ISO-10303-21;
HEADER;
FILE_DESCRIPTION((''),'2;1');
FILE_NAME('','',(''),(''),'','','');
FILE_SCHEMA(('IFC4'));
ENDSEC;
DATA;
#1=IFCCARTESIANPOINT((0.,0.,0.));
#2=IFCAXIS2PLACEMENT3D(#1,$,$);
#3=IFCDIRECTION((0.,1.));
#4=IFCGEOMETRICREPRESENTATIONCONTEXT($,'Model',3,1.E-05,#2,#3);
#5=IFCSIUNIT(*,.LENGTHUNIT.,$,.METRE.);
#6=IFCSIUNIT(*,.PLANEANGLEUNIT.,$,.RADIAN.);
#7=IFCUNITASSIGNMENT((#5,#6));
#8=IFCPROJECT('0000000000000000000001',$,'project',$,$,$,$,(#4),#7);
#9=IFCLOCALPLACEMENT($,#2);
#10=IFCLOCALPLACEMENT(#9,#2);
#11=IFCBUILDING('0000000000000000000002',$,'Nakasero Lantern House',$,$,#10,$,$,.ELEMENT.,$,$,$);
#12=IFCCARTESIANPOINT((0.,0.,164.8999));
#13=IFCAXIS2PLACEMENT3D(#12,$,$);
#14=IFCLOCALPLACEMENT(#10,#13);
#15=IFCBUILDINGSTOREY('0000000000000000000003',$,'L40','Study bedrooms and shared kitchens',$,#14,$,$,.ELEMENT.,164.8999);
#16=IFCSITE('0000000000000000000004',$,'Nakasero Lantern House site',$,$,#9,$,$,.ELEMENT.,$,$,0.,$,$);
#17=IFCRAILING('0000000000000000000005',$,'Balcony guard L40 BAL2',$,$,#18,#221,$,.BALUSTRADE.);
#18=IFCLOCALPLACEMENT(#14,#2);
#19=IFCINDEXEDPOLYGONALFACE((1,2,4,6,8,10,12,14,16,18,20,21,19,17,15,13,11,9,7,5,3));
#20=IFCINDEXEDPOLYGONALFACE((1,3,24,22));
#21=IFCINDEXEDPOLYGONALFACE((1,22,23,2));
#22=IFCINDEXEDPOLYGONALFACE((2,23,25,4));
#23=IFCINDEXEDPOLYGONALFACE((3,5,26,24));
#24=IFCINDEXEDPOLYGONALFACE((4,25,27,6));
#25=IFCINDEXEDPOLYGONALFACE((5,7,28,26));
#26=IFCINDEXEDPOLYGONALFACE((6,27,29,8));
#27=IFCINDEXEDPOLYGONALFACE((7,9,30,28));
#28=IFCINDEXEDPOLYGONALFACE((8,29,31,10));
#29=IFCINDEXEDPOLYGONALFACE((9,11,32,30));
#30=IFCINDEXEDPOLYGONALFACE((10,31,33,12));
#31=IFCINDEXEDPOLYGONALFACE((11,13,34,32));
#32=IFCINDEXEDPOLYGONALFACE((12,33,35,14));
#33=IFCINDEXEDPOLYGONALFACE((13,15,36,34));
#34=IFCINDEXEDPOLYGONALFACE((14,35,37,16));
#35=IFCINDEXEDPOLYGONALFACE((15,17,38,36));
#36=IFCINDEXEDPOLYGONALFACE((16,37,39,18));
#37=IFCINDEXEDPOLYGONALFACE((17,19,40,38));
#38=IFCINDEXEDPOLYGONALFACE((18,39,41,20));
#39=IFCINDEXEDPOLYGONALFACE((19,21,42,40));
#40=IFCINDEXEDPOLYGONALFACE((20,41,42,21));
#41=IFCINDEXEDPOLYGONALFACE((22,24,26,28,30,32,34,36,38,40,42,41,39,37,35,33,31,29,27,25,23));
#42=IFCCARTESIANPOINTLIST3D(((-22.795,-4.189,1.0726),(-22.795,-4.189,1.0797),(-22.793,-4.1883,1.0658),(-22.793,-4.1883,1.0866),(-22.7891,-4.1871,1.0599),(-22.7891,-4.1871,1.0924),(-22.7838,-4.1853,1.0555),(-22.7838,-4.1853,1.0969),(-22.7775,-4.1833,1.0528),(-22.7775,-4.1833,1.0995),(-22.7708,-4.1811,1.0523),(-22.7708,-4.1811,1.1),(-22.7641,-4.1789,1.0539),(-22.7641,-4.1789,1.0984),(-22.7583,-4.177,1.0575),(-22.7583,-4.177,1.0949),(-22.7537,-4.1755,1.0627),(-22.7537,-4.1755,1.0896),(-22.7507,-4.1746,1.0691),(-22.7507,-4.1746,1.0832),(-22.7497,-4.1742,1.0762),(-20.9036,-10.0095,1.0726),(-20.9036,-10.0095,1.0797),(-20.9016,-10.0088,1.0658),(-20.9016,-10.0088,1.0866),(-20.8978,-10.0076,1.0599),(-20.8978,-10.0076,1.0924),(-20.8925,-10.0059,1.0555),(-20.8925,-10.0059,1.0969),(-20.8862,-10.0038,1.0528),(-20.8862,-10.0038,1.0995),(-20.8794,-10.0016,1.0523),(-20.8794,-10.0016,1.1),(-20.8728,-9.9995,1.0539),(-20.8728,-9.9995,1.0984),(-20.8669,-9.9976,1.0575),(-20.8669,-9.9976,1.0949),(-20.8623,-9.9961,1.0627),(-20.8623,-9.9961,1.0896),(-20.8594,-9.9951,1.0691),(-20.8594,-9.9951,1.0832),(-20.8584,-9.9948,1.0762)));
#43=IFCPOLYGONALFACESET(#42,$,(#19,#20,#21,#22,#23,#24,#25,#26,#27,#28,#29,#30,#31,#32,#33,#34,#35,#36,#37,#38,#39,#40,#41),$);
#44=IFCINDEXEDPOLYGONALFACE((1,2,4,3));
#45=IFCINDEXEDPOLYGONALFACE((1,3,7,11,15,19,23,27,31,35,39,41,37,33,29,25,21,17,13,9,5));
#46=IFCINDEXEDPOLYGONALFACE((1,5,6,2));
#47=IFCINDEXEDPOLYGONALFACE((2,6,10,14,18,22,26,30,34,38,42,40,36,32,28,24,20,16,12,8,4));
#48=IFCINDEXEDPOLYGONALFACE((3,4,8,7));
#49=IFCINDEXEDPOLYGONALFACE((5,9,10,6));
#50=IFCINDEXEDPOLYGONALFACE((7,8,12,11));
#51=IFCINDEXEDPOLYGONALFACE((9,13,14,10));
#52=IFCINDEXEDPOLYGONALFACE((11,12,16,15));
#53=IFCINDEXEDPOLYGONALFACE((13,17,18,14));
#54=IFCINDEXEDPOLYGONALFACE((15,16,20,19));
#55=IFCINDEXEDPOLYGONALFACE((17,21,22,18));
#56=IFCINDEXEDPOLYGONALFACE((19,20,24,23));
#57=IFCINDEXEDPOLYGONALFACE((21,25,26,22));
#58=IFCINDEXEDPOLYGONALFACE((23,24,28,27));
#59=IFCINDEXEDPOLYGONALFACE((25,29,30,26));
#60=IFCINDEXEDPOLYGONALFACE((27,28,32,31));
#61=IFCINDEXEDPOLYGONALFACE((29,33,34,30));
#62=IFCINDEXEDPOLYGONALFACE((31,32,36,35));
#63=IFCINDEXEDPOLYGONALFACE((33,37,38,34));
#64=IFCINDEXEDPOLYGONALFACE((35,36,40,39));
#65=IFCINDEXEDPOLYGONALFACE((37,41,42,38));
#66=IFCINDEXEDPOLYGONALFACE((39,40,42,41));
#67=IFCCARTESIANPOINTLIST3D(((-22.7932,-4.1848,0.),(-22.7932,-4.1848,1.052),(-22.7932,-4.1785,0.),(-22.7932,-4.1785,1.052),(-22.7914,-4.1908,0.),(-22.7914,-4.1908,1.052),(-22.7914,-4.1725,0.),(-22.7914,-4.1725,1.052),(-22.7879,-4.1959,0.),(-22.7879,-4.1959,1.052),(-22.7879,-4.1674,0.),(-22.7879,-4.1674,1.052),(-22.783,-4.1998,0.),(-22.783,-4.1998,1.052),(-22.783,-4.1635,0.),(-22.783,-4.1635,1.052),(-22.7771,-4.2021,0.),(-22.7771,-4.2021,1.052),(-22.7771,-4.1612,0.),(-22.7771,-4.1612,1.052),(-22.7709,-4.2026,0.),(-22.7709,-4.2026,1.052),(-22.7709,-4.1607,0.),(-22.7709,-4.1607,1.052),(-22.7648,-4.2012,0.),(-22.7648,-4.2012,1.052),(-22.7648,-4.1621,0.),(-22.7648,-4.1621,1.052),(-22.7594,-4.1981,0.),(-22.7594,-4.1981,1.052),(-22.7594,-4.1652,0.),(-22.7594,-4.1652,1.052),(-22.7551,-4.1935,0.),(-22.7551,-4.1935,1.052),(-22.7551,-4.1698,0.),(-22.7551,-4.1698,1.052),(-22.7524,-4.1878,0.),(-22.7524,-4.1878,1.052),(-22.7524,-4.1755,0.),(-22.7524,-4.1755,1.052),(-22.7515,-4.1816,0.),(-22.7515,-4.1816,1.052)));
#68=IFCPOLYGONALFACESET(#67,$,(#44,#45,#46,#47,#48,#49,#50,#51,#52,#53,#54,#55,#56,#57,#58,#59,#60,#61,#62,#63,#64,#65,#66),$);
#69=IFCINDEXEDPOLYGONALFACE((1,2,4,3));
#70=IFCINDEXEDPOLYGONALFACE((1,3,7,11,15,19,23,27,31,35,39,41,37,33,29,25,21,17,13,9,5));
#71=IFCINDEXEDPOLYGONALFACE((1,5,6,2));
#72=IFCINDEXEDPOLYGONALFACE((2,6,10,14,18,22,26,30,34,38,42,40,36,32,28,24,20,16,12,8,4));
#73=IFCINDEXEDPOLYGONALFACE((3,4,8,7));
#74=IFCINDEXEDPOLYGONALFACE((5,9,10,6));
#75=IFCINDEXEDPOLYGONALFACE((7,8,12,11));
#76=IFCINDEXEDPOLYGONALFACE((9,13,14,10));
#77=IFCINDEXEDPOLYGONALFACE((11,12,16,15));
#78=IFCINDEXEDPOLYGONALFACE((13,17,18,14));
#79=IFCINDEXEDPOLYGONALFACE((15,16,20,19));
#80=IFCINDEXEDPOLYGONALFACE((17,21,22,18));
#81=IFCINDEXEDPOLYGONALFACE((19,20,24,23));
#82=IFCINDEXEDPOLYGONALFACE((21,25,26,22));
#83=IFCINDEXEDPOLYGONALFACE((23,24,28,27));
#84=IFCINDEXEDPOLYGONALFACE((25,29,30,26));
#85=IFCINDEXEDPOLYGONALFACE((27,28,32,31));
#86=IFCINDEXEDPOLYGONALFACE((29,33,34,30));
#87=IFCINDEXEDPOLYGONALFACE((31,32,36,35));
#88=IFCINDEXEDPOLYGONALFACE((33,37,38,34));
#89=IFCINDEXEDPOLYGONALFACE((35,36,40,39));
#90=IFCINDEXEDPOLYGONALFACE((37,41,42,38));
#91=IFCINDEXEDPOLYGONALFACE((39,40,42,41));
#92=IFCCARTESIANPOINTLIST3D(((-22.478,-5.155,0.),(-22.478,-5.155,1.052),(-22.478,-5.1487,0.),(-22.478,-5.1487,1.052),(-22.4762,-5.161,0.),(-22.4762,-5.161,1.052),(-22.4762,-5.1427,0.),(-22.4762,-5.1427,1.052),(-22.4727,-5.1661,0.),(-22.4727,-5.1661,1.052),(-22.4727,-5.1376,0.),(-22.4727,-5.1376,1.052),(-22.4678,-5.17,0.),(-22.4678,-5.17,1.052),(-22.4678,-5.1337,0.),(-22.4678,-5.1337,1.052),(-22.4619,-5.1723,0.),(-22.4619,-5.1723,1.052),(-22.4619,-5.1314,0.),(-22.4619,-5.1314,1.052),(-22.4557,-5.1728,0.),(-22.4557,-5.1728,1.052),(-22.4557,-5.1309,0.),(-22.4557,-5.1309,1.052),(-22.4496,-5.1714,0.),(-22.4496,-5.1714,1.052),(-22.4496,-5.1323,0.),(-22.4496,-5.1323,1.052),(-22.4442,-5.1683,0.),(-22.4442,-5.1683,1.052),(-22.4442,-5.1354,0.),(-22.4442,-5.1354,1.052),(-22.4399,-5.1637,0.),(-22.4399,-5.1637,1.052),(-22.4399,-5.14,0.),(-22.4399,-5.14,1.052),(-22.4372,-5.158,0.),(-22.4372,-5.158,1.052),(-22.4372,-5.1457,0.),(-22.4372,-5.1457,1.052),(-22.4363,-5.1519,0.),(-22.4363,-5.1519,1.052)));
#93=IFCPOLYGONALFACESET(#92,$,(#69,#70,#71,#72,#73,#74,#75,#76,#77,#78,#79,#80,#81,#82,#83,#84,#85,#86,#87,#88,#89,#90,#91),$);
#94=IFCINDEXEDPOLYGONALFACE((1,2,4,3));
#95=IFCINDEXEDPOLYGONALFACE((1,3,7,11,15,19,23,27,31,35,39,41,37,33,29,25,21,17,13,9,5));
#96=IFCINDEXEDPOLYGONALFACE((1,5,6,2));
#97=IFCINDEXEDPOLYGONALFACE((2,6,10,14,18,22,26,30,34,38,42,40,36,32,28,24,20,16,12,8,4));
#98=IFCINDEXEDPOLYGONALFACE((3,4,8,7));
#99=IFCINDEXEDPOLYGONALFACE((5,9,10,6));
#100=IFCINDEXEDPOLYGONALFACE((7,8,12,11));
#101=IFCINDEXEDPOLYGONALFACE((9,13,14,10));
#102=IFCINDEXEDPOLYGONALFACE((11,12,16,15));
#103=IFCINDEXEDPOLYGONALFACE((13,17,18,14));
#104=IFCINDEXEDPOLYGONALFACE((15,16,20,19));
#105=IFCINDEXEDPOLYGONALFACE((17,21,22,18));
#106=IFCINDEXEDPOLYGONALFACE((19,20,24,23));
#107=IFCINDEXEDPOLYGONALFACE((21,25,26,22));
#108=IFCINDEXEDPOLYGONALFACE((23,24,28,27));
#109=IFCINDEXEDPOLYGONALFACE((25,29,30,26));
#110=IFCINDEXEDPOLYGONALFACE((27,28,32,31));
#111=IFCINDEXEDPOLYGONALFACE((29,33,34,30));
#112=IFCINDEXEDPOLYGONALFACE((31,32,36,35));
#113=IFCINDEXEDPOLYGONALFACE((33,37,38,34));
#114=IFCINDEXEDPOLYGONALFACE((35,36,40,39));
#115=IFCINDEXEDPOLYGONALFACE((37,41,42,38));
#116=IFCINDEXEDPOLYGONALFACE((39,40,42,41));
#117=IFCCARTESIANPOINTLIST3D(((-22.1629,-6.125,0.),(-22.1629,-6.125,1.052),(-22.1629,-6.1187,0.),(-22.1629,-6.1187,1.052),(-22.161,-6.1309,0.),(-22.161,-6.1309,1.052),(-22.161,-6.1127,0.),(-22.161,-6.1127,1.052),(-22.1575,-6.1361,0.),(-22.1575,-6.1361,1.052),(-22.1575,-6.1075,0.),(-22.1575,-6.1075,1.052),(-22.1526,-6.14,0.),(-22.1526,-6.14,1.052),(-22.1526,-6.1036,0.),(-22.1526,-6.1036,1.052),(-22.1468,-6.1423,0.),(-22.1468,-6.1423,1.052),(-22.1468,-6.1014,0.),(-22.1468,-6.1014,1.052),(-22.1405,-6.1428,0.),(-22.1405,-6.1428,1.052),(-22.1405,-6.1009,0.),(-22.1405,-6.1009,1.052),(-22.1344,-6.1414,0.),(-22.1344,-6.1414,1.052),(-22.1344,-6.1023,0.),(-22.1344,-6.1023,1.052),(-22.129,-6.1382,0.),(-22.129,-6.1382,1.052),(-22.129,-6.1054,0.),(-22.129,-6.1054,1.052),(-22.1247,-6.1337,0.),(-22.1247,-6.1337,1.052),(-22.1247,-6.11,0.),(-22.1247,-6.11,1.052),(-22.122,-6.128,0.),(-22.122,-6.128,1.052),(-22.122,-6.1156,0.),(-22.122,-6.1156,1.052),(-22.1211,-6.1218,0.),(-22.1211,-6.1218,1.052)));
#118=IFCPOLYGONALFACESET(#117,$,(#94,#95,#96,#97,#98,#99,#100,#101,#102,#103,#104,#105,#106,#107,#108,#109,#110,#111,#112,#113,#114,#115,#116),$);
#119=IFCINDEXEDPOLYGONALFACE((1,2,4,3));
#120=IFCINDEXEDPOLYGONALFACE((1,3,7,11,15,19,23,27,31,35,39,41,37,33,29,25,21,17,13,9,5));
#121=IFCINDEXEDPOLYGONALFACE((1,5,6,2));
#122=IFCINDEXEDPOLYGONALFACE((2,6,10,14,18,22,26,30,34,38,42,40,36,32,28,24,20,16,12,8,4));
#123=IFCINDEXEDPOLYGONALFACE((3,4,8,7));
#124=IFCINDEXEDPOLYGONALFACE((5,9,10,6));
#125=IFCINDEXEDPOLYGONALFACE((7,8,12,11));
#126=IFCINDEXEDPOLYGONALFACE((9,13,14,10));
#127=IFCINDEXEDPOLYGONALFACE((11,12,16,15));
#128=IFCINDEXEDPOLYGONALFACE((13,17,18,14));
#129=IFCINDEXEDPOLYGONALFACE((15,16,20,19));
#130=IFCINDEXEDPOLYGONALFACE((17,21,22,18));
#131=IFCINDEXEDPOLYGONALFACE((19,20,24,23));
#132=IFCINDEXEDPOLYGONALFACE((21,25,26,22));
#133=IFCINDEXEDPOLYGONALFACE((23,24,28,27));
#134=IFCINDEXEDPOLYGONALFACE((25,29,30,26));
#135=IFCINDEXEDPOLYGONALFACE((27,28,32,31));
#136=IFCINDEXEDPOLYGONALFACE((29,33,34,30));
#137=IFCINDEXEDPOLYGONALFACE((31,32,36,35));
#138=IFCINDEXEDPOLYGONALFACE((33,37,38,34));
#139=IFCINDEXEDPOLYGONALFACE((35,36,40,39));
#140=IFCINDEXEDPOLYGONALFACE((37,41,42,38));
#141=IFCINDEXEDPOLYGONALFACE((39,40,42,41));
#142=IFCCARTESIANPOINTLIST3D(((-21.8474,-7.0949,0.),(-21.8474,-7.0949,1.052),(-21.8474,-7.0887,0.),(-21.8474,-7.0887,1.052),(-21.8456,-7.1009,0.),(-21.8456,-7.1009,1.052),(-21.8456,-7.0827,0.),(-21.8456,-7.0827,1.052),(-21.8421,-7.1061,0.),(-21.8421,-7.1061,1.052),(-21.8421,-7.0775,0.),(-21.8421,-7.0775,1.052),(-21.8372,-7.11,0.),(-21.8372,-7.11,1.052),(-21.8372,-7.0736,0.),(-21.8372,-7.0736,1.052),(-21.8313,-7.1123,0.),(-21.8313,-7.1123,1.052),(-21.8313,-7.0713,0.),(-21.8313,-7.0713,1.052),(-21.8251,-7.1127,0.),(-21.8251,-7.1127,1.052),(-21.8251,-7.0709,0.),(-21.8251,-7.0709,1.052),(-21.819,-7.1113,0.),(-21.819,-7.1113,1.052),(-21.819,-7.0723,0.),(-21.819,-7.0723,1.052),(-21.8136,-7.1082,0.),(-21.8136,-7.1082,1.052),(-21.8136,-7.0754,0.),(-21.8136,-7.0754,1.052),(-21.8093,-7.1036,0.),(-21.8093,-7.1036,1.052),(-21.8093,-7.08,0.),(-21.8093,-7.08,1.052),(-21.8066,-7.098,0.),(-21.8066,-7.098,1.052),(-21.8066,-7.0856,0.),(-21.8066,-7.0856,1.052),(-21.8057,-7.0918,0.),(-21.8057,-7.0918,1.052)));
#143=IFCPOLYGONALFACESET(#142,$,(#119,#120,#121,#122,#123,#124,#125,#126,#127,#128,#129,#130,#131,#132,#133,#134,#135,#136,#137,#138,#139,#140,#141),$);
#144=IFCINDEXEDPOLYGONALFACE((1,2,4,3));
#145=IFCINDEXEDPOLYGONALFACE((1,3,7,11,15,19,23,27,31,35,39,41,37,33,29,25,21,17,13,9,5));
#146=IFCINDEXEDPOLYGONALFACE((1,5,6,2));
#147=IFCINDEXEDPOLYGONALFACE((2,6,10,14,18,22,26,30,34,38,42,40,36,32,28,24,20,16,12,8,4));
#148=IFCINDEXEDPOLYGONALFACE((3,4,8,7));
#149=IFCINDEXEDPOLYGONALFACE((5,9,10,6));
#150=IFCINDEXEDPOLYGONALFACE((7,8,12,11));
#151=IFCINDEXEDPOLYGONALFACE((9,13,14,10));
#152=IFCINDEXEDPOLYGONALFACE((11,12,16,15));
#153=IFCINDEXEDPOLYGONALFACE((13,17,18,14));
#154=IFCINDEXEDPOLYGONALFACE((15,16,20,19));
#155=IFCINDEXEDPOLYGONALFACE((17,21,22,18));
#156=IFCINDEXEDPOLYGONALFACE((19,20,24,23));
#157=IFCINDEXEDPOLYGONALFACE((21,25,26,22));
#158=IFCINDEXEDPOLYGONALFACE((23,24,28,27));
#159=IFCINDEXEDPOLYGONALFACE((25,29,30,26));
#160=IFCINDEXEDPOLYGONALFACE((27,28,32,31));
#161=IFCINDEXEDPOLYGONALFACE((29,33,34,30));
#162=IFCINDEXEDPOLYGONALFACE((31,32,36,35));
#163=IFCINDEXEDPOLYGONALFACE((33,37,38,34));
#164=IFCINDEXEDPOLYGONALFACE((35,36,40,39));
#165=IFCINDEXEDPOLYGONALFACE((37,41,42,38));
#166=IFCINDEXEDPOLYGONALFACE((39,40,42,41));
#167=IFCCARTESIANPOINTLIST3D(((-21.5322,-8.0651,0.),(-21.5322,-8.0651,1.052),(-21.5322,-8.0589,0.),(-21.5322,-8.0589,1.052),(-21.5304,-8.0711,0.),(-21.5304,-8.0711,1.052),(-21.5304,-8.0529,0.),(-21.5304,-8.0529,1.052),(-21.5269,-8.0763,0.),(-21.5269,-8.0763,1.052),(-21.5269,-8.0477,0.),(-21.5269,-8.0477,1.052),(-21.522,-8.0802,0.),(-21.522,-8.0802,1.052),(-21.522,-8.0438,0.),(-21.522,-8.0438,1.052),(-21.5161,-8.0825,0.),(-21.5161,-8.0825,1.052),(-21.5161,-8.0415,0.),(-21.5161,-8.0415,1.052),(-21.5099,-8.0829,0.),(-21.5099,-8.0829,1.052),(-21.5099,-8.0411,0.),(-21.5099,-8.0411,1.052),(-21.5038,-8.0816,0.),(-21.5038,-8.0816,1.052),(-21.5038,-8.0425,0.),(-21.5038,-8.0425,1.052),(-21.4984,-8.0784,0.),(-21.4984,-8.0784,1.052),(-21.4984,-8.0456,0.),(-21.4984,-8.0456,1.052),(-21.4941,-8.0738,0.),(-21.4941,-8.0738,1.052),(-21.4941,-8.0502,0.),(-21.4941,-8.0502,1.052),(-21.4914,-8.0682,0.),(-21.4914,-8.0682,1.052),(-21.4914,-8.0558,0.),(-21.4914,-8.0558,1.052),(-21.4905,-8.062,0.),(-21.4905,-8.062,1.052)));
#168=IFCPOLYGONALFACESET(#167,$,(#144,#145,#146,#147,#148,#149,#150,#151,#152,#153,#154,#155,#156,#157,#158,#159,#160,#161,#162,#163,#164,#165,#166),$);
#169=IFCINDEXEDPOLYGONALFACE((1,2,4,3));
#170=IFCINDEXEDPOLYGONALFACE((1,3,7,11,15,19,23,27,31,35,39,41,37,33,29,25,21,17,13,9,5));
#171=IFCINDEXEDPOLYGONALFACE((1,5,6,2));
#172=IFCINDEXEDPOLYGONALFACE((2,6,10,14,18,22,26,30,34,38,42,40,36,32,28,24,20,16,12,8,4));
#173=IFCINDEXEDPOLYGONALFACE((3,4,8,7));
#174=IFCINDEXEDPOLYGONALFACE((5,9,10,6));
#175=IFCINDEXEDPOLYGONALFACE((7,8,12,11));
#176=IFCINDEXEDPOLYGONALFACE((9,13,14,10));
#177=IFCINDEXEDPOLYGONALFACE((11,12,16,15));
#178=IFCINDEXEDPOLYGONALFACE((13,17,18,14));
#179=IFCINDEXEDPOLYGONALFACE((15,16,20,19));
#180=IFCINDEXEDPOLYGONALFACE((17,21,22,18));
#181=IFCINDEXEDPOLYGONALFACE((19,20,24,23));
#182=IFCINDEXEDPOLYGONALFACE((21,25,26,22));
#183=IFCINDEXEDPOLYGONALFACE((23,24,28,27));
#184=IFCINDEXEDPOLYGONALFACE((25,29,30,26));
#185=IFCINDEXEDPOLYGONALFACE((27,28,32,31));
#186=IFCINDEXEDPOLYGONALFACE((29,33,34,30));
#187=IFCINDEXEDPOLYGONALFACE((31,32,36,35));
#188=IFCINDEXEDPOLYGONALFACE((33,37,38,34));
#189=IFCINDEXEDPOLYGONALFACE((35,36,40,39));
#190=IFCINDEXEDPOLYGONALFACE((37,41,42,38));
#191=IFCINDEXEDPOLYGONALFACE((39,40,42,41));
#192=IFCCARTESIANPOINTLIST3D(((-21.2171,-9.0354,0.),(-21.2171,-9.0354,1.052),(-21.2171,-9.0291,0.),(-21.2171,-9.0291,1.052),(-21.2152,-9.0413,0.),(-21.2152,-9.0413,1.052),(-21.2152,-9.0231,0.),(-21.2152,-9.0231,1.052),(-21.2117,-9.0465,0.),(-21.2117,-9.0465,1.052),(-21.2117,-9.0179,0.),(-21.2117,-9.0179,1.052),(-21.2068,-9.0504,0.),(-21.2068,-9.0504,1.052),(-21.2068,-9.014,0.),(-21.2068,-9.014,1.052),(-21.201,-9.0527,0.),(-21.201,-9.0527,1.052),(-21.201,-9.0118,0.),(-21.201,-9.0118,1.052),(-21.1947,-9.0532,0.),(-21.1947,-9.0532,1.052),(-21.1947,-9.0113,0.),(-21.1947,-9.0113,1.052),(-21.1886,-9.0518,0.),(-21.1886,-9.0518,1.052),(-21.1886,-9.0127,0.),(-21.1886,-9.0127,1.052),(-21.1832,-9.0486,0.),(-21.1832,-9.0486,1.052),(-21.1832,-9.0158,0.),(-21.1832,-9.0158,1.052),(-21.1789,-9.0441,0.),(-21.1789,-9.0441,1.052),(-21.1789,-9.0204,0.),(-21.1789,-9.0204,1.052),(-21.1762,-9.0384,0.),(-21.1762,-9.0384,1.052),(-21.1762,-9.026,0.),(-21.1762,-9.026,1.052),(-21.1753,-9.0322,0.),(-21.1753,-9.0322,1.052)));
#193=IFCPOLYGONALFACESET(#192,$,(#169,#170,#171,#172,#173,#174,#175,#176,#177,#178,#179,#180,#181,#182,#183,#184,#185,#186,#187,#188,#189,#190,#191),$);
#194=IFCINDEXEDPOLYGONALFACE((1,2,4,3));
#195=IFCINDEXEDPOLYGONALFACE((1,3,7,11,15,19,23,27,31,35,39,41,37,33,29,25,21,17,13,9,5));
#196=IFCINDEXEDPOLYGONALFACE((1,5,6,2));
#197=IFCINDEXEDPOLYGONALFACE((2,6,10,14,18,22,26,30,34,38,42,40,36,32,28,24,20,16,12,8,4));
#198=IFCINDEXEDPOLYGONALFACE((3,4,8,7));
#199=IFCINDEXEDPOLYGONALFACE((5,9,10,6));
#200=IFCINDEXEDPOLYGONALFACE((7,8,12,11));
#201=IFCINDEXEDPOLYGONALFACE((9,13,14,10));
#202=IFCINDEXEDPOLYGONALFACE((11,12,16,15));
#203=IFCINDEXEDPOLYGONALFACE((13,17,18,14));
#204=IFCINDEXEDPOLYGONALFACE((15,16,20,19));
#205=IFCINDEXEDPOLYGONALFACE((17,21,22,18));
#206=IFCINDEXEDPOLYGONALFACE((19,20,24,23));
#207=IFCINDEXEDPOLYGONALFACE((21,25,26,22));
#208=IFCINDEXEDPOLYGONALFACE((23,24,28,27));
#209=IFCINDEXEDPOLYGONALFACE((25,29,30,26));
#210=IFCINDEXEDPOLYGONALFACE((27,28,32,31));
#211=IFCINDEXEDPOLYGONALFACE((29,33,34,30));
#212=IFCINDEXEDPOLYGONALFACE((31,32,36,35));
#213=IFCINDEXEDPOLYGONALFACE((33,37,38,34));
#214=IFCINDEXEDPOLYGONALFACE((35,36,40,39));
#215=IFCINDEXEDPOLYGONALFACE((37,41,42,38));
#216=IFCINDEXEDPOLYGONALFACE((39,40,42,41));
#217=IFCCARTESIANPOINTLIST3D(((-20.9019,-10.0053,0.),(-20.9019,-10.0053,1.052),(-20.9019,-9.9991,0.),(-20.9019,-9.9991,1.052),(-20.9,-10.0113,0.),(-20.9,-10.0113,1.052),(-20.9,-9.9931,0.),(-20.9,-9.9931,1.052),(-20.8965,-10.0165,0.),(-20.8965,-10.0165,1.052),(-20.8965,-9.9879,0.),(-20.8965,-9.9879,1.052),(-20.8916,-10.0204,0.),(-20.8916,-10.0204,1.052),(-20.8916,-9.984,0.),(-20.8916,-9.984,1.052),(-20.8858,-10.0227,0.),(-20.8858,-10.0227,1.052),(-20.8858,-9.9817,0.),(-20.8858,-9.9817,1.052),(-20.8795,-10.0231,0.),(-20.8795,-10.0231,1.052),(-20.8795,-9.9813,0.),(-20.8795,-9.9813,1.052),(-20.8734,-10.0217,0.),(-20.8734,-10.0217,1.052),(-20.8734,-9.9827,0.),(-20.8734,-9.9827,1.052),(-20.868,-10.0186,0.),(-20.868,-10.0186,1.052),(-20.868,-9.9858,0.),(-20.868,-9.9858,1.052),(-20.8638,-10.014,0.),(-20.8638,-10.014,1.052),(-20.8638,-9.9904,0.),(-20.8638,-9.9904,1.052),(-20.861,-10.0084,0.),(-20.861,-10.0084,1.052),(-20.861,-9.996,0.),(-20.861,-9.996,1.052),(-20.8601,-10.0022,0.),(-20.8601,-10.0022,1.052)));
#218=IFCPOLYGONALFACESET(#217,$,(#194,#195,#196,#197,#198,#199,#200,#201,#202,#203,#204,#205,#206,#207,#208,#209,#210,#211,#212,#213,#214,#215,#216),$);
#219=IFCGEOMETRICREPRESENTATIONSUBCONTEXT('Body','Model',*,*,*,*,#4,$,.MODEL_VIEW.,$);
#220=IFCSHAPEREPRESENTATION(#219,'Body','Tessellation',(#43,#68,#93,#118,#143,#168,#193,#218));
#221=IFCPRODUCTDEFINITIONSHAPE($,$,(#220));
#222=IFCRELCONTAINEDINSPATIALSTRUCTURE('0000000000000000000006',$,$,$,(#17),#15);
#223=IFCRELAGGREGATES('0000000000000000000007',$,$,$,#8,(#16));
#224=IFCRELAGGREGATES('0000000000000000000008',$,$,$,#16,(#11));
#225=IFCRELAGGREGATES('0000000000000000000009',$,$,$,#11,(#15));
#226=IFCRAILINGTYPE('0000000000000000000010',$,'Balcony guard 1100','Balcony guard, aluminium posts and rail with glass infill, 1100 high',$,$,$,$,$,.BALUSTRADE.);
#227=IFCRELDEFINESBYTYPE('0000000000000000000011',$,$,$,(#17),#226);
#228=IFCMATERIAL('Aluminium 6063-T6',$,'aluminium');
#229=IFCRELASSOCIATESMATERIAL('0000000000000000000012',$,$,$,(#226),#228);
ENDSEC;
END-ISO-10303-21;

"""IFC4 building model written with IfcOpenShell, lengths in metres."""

from ifc_helpers import new_model, si_unit, direction, frame, origin, origin_2d, place, context, subcontext, project, spatial, circle, extrude, material, type_object, element, save


model = new_model("IFC4")

# Units and contexts
model_context = context("Model", 3, precision=1e-05, world=origin(), true_north=direction((0.0, 1.0)))
body_context = subcontext(model_context, "Body", "Model", "MODEL_VIEW")
ifc_project = project(units=[si_unit("LENGTHUNIT", "METRE"), si_unit("PLANEANGLEUNIT", "RADIAN")], contexts=[model_context])

# Site, building, storey
site_placement = place(None, origin())
site = spatial("IfcSite", under=ifc_project, at=site_placement, Name="Nakasero Lantern House site", CompositionType="ELEMENT", RefElevation=0.0)
building_placement = place(site_placement, origin())
building = spatial("IfcBuilding", under=site, at=building_placement, Name="Nakasero Lantern House", CompositionType="ELEMENT")
storey_placement = place(building_placement, frame((0.0, 0.0, 164.8999)))
storey = spatial("IfcBuildingStorey", under=building, at=storey_placement, Name="L40", Description="Study bedrooms and shared kitchens", CompositionType="ELEMENT", Elevation=164.8999)

# Railing
ifc_material_1 = material(Name="Aluminium 6063-T6", Category="aluminium")
railing_type = type_object("IfcRailingType", Name="Balcony guard 1100", Description="Balcony guard, aluminium posts and rail with glass infill, 1100 high", PredefinedType="BALUSTRADE", material=ifc_material_1)
railing_placement = place(storey_placement, frame((-22.7725, -4.1816, 0.0)))
element("IfcRailing", 1, at=railing_placement, inside=storey, type_object=railing_type, Name="Balcony guard L40 BAL2", PredefinedType="BALUSTRADE", context=body_context, shape_type="SweptSolid", body=[
    extrude(circle(Radius=0.0239, at=origin_2d()), frame((0.0, 0.0, 1.0762), z_axis=(0.309038, -0.95105, 0.0), x_axis=(0.95105, 0.309038, 0.0)), (0.0, 0.0, 1.0), 6.1201),
    extrude(circle(Radius=0.021, at=origin_2d()), origin(), (0.0, 0.0, 1.0), 1.052),
    extrude(circle(Radius=0.021, at=origin_2d()), frame((0.3152, -0.9702, 0.0)), (0.0, 0.0, 1.0), 1.052),
    extrude(circle(Radius=0.021, at=origin_2d()), frame((0.6304, -1.9402, 0.0)), (0.0, 0.0, 1.0), 1.052),
    extrude(circle(Radius=0.021, at=origin_2d()), frame((0.9458, -2.9102, 0.0)), (0.0, 0.0, 1.0), 1.052),
    extrude(circle(Radius=0.021, at=origin_2d()), frame((1.261, -3.8804, 0.0)), (0.0, 0.0, 1.0), 1.052),
    extrude(circle(Radius=0.021, at=origin_2d()), frame((1.5762, -4.8506, 0.0)), (0.0, 0.0, 1.0), 1.052),
    extrude(circle(Radius=0.021, at=origin_2d()), frame((1.8914, -5.8206, 0.0)), (0.0, 0.0, 1.0), 1.052),
])

save(model, "model.ifc")
